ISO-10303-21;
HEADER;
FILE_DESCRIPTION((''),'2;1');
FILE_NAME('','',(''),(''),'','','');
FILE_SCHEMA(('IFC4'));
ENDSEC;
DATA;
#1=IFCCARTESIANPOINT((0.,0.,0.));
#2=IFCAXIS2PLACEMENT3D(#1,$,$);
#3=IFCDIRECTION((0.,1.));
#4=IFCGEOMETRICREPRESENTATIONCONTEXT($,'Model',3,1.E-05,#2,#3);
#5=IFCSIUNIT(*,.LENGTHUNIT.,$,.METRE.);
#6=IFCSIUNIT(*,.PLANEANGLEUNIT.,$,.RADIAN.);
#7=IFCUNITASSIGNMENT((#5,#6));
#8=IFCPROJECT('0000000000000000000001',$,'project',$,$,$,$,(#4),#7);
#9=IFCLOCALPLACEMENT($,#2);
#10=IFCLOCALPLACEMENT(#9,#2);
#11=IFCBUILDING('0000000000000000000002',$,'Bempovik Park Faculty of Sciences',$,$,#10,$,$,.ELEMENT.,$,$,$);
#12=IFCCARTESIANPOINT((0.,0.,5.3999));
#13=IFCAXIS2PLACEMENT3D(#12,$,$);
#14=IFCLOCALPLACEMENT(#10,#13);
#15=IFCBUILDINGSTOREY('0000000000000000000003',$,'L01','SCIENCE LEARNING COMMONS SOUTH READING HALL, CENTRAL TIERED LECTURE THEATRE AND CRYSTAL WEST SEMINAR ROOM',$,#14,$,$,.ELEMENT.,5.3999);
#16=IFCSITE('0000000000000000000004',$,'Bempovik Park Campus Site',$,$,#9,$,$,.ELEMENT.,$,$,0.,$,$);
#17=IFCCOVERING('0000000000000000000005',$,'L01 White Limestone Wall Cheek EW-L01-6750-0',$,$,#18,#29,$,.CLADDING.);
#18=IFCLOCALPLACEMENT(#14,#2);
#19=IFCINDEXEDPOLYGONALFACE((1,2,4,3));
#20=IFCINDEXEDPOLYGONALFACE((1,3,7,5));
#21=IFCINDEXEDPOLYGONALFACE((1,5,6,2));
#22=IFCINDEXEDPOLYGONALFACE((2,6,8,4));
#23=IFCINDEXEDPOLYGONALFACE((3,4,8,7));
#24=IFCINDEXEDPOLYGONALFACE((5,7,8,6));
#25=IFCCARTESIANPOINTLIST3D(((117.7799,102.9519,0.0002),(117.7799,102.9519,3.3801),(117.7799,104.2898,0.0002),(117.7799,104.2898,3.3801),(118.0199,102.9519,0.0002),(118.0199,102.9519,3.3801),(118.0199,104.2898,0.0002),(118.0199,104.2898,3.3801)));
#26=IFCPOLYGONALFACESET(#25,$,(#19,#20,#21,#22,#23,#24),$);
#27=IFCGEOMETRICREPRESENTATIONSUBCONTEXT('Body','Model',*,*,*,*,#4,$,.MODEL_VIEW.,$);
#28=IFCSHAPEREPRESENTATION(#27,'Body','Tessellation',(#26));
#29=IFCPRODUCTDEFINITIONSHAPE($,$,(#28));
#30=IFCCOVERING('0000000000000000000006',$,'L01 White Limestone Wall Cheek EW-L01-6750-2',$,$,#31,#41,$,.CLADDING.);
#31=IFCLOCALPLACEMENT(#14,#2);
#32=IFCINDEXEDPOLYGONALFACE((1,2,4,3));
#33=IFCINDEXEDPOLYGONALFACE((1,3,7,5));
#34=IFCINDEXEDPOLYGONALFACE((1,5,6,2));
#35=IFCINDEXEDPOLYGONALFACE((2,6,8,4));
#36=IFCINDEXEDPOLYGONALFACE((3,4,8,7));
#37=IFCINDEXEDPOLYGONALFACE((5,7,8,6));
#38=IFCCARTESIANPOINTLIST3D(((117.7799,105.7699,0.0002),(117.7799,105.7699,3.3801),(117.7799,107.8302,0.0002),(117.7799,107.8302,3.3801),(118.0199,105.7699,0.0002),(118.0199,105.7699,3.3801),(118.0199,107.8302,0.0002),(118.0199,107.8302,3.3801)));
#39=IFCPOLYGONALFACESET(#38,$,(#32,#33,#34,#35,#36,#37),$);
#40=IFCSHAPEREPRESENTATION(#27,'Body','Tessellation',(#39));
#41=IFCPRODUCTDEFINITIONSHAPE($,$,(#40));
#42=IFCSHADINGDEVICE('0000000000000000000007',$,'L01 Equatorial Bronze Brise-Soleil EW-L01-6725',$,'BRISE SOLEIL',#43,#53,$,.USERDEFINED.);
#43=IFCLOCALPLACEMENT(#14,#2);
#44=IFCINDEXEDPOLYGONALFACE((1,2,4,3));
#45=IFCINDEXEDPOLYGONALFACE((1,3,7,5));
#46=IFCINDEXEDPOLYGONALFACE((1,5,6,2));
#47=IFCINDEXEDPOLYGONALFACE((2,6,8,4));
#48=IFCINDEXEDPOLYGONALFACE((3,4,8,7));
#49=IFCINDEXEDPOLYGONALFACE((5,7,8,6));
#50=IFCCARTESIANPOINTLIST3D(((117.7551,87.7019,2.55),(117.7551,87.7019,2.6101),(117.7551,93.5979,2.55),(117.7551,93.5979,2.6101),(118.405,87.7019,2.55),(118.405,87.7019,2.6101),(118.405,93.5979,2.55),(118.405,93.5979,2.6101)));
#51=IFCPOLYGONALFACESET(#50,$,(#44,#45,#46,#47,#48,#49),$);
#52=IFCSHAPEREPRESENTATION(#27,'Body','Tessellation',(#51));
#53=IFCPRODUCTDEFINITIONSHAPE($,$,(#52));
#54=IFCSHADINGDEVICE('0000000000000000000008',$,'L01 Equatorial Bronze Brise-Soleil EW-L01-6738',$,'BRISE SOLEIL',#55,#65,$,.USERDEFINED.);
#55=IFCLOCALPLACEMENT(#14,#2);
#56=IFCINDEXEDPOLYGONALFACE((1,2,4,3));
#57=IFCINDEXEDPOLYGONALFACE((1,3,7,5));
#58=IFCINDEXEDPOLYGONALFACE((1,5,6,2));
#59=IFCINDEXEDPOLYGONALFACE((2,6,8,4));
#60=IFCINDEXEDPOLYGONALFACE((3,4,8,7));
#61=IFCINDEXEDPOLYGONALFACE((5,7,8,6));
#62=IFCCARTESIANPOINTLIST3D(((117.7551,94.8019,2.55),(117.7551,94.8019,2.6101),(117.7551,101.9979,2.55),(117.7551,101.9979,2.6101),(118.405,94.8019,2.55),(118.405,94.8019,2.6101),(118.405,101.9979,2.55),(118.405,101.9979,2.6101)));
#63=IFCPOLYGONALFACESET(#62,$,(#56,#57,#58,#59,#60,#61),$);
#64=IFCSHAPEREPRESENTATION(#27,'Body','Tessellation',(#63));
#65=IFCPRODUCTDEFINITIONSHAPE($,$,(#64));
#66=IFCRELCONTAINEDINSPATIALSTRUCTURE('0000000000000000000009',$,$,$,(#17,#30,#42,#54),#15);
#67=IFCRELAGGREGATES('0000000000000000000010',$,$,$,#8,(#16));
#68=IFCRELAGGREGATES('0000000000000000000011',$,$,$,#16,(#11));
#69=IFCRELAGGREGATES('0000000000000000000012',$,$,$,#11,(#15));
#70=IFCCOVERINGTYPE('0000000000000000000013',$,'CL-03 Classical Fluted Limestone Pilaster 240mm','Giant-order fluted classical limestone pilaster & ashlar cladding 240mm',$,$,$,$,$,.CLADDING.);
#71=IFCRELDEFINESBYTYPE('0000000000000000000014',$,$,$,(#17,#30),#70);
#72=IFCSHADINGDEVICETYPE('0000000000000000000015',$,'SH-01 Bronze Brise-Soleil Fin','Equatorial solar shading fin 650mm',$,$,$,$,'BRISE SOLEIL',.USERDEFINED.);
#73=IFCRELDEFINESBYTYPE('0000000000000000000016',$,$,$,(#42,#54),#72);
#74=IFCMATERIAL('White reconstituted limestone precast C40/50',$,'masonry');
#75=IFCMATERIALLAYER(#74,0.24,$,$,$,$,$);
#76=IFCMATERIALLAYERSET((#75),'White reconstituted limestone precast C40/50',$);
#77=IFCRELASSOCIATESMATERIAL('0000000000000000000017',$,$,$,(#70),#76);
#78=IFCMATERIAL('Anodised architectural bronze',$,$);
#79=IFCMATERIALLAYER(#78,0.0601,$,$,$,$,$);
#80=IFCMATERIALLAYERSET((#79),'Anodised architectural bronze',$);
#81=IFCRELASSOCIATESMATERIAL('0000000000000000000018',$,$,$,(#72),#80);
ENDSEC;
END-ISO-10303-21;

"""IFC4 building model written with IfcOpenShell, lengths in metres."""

from ifc_helpers import new_model, si_unit, direction, frame, origin, origin_2d, place, context, subcontext, project, spatial, rectangle, extrude, material, layer, layer_set, type_object, element, save


model = new_model("IFC4")

# Units and contexts
model_context = context("Model", 3, precision=1e-05, world=origin(), true_north=direction((0.0, 1.0)))
body_context = subcontext(model_context, "Body", "Model", "MODEL_VIEW")
ifc_project = project(units=[si_unit("LENGTHUNIT", "METRE"), si_unit("PLANEANGLEUNIT", "RADIAN")], contexts=[model_context])

# Site, building, storey
site_placement = place(None, origin())
site = spatial("IfcSite", under=ifc_project, at=site_placement, Name="Bempovik Park Campus Site", CompositionType="ELEMENT", RefElevation=0.0)
building_placement = place(site_placement, origin())
building = spatial("IfcBuilding", under=site, at=building_placement, Name="Bempovik Park Faculty of Sciences", CompositionType="ELEMENT")
storey_placement = place(building_placement, frame((0.0, 0.0, 5.3999)))
storey = spatial("IfcBuildingStorey", under=building, at=storey_placement, Name="L01", Description="SCIENCE LEARNING COMMONS SOUTH READING HALL, CENTRAL TIERED LECTURE THEATRE AND CRYSTAL WEST SEMINAR ROOM", CompositionType="ELEMENT", Elevation=5.3999)

# Coverings
ifc_material_1 = material(Name="White reconstituted limestone precast C40/50", Category="masonry")
ifc_layer_1 = layer(ifc_material_1, 0.24)
ifc_layer_set_1 = layer_set([ifc_layer_1], Name="White reconstituted limestone precast C40/50")
covering_type = type_object("IfcCoveringType", Name="CL-03 Classical Fluted Limestone Pilaster 240mm", Description="Giant-order fluted classical limestone pilaster & ashlar cladding 240mm", PredefinedType="CLADDING", material=ifc_layer_set_1)
for number, where, z_axis, x_axis, name in (
    (1, (117.8999, 103.6208, 0.0002), (0.0, 0.0, 1.0), (1.0, 0.0, 0.0), "L01 White Limestone Wall Cheek EW-L01-6750-0"),
):
    element("IfcCovering", number, at=place(storey_placement, frame(where, z_axis=z_axis, x_axis=x_axis)), inside=storey, type_object=covering_type, Name=name, PredefinedType="CLADDING", context=body_context, shape_type="SweptSolid", body=[
        extrude(rectangle(XDim=0.24, YDim=1.3379, at=origin_2d()), origin(), (0.0, 0.0, 1.0), 3.3799),
    ])
covering_1_placement = place(storey_placement, frame((117.8999, 106.8, 0.0002), z_axis=(0.0, 0.0, 1.0), x_axis=(1.0, 0.0, 0.0)))
element("IfcCovering", 2, at=covering_1_placement, inside=storey, type_object=covering_type, Name="L01 White Limestone Wall Cheek EW-L01-6750-2", PredefinedType="CLADDING", context=body_context, shape_type="SweptSolid", body=[
    extrude(rectangle(XDim=0.24, YDim=2.0603, at=origin_2d()), origin(), (0.0, 0.0, 1.0), 3.3799),
])

# Shading devices
ifc_material_2 = material(Name="Anodised architectural bronze")
ifc_layer_2 = layer(ifc_material_2, 0.0601)
ifc_layer_set_2 = layer_set([ifc_layer_2], Name="Anodised architectural bronze")
shading_device_type = type_object("IfcShadingDeviceType", Name="SH-01 Bronze Brise-Soleil Fin", Description="Equatorial solar shading fin 650mm", ElementType="BRISE SOLEIL", PredefinedType="USERDEFINED", material=ifc_layer_set_2)
shading_device_1_placement = place(storey_placement, frame((118.0801, 90.6499, 2.55), z_axis=(0.0, 0.0, 1.0), x_axis=(1.0, 0.0, 0.0)))
element("IfcShadingDevice", 3, at=shading_device_1_placement, inside=storey, type_object=shading_device_type, Name="L01 Equatorial Bronze Brise-Soleil EW-L01-6725", ObjectType="BRISE SOLEIL", PredefinedType="USERDEFINED", context=body_context, shape_type="SweptSolid", body=[
    extrude(rectangle(XDim=0.6499, YDim=5.896, at=origin_2d()), origin(), (0.0, 0.0, 1.0), 0.0601),
])
shading_device_2_placement = place(storey_placement, frame((118.0801, 98.3999, 2.55), z_axis=(0.0, 0.0, 1.0), x_axis=(1.0, 0.0, 0.0)))
element("IfcShadingDevice", 4, at=shading_device_2_placement, inside=storey, type_object=shading_device_type, Name="L01 Equatorial Bronze Brise-Soleil EW-L01-6738", ObjectType="BRISE SOLEIL", PredefinedType="USERDEFINED", context=body_context, shape_type="SweptSolid", body=[
    extrude(rectangle(XDim=0.6499, YDim=7.196, at=origin_2d()), origin(), (0.0, 0.0, 1.0), 0.0601),
])

save(model, "model.ifc")
